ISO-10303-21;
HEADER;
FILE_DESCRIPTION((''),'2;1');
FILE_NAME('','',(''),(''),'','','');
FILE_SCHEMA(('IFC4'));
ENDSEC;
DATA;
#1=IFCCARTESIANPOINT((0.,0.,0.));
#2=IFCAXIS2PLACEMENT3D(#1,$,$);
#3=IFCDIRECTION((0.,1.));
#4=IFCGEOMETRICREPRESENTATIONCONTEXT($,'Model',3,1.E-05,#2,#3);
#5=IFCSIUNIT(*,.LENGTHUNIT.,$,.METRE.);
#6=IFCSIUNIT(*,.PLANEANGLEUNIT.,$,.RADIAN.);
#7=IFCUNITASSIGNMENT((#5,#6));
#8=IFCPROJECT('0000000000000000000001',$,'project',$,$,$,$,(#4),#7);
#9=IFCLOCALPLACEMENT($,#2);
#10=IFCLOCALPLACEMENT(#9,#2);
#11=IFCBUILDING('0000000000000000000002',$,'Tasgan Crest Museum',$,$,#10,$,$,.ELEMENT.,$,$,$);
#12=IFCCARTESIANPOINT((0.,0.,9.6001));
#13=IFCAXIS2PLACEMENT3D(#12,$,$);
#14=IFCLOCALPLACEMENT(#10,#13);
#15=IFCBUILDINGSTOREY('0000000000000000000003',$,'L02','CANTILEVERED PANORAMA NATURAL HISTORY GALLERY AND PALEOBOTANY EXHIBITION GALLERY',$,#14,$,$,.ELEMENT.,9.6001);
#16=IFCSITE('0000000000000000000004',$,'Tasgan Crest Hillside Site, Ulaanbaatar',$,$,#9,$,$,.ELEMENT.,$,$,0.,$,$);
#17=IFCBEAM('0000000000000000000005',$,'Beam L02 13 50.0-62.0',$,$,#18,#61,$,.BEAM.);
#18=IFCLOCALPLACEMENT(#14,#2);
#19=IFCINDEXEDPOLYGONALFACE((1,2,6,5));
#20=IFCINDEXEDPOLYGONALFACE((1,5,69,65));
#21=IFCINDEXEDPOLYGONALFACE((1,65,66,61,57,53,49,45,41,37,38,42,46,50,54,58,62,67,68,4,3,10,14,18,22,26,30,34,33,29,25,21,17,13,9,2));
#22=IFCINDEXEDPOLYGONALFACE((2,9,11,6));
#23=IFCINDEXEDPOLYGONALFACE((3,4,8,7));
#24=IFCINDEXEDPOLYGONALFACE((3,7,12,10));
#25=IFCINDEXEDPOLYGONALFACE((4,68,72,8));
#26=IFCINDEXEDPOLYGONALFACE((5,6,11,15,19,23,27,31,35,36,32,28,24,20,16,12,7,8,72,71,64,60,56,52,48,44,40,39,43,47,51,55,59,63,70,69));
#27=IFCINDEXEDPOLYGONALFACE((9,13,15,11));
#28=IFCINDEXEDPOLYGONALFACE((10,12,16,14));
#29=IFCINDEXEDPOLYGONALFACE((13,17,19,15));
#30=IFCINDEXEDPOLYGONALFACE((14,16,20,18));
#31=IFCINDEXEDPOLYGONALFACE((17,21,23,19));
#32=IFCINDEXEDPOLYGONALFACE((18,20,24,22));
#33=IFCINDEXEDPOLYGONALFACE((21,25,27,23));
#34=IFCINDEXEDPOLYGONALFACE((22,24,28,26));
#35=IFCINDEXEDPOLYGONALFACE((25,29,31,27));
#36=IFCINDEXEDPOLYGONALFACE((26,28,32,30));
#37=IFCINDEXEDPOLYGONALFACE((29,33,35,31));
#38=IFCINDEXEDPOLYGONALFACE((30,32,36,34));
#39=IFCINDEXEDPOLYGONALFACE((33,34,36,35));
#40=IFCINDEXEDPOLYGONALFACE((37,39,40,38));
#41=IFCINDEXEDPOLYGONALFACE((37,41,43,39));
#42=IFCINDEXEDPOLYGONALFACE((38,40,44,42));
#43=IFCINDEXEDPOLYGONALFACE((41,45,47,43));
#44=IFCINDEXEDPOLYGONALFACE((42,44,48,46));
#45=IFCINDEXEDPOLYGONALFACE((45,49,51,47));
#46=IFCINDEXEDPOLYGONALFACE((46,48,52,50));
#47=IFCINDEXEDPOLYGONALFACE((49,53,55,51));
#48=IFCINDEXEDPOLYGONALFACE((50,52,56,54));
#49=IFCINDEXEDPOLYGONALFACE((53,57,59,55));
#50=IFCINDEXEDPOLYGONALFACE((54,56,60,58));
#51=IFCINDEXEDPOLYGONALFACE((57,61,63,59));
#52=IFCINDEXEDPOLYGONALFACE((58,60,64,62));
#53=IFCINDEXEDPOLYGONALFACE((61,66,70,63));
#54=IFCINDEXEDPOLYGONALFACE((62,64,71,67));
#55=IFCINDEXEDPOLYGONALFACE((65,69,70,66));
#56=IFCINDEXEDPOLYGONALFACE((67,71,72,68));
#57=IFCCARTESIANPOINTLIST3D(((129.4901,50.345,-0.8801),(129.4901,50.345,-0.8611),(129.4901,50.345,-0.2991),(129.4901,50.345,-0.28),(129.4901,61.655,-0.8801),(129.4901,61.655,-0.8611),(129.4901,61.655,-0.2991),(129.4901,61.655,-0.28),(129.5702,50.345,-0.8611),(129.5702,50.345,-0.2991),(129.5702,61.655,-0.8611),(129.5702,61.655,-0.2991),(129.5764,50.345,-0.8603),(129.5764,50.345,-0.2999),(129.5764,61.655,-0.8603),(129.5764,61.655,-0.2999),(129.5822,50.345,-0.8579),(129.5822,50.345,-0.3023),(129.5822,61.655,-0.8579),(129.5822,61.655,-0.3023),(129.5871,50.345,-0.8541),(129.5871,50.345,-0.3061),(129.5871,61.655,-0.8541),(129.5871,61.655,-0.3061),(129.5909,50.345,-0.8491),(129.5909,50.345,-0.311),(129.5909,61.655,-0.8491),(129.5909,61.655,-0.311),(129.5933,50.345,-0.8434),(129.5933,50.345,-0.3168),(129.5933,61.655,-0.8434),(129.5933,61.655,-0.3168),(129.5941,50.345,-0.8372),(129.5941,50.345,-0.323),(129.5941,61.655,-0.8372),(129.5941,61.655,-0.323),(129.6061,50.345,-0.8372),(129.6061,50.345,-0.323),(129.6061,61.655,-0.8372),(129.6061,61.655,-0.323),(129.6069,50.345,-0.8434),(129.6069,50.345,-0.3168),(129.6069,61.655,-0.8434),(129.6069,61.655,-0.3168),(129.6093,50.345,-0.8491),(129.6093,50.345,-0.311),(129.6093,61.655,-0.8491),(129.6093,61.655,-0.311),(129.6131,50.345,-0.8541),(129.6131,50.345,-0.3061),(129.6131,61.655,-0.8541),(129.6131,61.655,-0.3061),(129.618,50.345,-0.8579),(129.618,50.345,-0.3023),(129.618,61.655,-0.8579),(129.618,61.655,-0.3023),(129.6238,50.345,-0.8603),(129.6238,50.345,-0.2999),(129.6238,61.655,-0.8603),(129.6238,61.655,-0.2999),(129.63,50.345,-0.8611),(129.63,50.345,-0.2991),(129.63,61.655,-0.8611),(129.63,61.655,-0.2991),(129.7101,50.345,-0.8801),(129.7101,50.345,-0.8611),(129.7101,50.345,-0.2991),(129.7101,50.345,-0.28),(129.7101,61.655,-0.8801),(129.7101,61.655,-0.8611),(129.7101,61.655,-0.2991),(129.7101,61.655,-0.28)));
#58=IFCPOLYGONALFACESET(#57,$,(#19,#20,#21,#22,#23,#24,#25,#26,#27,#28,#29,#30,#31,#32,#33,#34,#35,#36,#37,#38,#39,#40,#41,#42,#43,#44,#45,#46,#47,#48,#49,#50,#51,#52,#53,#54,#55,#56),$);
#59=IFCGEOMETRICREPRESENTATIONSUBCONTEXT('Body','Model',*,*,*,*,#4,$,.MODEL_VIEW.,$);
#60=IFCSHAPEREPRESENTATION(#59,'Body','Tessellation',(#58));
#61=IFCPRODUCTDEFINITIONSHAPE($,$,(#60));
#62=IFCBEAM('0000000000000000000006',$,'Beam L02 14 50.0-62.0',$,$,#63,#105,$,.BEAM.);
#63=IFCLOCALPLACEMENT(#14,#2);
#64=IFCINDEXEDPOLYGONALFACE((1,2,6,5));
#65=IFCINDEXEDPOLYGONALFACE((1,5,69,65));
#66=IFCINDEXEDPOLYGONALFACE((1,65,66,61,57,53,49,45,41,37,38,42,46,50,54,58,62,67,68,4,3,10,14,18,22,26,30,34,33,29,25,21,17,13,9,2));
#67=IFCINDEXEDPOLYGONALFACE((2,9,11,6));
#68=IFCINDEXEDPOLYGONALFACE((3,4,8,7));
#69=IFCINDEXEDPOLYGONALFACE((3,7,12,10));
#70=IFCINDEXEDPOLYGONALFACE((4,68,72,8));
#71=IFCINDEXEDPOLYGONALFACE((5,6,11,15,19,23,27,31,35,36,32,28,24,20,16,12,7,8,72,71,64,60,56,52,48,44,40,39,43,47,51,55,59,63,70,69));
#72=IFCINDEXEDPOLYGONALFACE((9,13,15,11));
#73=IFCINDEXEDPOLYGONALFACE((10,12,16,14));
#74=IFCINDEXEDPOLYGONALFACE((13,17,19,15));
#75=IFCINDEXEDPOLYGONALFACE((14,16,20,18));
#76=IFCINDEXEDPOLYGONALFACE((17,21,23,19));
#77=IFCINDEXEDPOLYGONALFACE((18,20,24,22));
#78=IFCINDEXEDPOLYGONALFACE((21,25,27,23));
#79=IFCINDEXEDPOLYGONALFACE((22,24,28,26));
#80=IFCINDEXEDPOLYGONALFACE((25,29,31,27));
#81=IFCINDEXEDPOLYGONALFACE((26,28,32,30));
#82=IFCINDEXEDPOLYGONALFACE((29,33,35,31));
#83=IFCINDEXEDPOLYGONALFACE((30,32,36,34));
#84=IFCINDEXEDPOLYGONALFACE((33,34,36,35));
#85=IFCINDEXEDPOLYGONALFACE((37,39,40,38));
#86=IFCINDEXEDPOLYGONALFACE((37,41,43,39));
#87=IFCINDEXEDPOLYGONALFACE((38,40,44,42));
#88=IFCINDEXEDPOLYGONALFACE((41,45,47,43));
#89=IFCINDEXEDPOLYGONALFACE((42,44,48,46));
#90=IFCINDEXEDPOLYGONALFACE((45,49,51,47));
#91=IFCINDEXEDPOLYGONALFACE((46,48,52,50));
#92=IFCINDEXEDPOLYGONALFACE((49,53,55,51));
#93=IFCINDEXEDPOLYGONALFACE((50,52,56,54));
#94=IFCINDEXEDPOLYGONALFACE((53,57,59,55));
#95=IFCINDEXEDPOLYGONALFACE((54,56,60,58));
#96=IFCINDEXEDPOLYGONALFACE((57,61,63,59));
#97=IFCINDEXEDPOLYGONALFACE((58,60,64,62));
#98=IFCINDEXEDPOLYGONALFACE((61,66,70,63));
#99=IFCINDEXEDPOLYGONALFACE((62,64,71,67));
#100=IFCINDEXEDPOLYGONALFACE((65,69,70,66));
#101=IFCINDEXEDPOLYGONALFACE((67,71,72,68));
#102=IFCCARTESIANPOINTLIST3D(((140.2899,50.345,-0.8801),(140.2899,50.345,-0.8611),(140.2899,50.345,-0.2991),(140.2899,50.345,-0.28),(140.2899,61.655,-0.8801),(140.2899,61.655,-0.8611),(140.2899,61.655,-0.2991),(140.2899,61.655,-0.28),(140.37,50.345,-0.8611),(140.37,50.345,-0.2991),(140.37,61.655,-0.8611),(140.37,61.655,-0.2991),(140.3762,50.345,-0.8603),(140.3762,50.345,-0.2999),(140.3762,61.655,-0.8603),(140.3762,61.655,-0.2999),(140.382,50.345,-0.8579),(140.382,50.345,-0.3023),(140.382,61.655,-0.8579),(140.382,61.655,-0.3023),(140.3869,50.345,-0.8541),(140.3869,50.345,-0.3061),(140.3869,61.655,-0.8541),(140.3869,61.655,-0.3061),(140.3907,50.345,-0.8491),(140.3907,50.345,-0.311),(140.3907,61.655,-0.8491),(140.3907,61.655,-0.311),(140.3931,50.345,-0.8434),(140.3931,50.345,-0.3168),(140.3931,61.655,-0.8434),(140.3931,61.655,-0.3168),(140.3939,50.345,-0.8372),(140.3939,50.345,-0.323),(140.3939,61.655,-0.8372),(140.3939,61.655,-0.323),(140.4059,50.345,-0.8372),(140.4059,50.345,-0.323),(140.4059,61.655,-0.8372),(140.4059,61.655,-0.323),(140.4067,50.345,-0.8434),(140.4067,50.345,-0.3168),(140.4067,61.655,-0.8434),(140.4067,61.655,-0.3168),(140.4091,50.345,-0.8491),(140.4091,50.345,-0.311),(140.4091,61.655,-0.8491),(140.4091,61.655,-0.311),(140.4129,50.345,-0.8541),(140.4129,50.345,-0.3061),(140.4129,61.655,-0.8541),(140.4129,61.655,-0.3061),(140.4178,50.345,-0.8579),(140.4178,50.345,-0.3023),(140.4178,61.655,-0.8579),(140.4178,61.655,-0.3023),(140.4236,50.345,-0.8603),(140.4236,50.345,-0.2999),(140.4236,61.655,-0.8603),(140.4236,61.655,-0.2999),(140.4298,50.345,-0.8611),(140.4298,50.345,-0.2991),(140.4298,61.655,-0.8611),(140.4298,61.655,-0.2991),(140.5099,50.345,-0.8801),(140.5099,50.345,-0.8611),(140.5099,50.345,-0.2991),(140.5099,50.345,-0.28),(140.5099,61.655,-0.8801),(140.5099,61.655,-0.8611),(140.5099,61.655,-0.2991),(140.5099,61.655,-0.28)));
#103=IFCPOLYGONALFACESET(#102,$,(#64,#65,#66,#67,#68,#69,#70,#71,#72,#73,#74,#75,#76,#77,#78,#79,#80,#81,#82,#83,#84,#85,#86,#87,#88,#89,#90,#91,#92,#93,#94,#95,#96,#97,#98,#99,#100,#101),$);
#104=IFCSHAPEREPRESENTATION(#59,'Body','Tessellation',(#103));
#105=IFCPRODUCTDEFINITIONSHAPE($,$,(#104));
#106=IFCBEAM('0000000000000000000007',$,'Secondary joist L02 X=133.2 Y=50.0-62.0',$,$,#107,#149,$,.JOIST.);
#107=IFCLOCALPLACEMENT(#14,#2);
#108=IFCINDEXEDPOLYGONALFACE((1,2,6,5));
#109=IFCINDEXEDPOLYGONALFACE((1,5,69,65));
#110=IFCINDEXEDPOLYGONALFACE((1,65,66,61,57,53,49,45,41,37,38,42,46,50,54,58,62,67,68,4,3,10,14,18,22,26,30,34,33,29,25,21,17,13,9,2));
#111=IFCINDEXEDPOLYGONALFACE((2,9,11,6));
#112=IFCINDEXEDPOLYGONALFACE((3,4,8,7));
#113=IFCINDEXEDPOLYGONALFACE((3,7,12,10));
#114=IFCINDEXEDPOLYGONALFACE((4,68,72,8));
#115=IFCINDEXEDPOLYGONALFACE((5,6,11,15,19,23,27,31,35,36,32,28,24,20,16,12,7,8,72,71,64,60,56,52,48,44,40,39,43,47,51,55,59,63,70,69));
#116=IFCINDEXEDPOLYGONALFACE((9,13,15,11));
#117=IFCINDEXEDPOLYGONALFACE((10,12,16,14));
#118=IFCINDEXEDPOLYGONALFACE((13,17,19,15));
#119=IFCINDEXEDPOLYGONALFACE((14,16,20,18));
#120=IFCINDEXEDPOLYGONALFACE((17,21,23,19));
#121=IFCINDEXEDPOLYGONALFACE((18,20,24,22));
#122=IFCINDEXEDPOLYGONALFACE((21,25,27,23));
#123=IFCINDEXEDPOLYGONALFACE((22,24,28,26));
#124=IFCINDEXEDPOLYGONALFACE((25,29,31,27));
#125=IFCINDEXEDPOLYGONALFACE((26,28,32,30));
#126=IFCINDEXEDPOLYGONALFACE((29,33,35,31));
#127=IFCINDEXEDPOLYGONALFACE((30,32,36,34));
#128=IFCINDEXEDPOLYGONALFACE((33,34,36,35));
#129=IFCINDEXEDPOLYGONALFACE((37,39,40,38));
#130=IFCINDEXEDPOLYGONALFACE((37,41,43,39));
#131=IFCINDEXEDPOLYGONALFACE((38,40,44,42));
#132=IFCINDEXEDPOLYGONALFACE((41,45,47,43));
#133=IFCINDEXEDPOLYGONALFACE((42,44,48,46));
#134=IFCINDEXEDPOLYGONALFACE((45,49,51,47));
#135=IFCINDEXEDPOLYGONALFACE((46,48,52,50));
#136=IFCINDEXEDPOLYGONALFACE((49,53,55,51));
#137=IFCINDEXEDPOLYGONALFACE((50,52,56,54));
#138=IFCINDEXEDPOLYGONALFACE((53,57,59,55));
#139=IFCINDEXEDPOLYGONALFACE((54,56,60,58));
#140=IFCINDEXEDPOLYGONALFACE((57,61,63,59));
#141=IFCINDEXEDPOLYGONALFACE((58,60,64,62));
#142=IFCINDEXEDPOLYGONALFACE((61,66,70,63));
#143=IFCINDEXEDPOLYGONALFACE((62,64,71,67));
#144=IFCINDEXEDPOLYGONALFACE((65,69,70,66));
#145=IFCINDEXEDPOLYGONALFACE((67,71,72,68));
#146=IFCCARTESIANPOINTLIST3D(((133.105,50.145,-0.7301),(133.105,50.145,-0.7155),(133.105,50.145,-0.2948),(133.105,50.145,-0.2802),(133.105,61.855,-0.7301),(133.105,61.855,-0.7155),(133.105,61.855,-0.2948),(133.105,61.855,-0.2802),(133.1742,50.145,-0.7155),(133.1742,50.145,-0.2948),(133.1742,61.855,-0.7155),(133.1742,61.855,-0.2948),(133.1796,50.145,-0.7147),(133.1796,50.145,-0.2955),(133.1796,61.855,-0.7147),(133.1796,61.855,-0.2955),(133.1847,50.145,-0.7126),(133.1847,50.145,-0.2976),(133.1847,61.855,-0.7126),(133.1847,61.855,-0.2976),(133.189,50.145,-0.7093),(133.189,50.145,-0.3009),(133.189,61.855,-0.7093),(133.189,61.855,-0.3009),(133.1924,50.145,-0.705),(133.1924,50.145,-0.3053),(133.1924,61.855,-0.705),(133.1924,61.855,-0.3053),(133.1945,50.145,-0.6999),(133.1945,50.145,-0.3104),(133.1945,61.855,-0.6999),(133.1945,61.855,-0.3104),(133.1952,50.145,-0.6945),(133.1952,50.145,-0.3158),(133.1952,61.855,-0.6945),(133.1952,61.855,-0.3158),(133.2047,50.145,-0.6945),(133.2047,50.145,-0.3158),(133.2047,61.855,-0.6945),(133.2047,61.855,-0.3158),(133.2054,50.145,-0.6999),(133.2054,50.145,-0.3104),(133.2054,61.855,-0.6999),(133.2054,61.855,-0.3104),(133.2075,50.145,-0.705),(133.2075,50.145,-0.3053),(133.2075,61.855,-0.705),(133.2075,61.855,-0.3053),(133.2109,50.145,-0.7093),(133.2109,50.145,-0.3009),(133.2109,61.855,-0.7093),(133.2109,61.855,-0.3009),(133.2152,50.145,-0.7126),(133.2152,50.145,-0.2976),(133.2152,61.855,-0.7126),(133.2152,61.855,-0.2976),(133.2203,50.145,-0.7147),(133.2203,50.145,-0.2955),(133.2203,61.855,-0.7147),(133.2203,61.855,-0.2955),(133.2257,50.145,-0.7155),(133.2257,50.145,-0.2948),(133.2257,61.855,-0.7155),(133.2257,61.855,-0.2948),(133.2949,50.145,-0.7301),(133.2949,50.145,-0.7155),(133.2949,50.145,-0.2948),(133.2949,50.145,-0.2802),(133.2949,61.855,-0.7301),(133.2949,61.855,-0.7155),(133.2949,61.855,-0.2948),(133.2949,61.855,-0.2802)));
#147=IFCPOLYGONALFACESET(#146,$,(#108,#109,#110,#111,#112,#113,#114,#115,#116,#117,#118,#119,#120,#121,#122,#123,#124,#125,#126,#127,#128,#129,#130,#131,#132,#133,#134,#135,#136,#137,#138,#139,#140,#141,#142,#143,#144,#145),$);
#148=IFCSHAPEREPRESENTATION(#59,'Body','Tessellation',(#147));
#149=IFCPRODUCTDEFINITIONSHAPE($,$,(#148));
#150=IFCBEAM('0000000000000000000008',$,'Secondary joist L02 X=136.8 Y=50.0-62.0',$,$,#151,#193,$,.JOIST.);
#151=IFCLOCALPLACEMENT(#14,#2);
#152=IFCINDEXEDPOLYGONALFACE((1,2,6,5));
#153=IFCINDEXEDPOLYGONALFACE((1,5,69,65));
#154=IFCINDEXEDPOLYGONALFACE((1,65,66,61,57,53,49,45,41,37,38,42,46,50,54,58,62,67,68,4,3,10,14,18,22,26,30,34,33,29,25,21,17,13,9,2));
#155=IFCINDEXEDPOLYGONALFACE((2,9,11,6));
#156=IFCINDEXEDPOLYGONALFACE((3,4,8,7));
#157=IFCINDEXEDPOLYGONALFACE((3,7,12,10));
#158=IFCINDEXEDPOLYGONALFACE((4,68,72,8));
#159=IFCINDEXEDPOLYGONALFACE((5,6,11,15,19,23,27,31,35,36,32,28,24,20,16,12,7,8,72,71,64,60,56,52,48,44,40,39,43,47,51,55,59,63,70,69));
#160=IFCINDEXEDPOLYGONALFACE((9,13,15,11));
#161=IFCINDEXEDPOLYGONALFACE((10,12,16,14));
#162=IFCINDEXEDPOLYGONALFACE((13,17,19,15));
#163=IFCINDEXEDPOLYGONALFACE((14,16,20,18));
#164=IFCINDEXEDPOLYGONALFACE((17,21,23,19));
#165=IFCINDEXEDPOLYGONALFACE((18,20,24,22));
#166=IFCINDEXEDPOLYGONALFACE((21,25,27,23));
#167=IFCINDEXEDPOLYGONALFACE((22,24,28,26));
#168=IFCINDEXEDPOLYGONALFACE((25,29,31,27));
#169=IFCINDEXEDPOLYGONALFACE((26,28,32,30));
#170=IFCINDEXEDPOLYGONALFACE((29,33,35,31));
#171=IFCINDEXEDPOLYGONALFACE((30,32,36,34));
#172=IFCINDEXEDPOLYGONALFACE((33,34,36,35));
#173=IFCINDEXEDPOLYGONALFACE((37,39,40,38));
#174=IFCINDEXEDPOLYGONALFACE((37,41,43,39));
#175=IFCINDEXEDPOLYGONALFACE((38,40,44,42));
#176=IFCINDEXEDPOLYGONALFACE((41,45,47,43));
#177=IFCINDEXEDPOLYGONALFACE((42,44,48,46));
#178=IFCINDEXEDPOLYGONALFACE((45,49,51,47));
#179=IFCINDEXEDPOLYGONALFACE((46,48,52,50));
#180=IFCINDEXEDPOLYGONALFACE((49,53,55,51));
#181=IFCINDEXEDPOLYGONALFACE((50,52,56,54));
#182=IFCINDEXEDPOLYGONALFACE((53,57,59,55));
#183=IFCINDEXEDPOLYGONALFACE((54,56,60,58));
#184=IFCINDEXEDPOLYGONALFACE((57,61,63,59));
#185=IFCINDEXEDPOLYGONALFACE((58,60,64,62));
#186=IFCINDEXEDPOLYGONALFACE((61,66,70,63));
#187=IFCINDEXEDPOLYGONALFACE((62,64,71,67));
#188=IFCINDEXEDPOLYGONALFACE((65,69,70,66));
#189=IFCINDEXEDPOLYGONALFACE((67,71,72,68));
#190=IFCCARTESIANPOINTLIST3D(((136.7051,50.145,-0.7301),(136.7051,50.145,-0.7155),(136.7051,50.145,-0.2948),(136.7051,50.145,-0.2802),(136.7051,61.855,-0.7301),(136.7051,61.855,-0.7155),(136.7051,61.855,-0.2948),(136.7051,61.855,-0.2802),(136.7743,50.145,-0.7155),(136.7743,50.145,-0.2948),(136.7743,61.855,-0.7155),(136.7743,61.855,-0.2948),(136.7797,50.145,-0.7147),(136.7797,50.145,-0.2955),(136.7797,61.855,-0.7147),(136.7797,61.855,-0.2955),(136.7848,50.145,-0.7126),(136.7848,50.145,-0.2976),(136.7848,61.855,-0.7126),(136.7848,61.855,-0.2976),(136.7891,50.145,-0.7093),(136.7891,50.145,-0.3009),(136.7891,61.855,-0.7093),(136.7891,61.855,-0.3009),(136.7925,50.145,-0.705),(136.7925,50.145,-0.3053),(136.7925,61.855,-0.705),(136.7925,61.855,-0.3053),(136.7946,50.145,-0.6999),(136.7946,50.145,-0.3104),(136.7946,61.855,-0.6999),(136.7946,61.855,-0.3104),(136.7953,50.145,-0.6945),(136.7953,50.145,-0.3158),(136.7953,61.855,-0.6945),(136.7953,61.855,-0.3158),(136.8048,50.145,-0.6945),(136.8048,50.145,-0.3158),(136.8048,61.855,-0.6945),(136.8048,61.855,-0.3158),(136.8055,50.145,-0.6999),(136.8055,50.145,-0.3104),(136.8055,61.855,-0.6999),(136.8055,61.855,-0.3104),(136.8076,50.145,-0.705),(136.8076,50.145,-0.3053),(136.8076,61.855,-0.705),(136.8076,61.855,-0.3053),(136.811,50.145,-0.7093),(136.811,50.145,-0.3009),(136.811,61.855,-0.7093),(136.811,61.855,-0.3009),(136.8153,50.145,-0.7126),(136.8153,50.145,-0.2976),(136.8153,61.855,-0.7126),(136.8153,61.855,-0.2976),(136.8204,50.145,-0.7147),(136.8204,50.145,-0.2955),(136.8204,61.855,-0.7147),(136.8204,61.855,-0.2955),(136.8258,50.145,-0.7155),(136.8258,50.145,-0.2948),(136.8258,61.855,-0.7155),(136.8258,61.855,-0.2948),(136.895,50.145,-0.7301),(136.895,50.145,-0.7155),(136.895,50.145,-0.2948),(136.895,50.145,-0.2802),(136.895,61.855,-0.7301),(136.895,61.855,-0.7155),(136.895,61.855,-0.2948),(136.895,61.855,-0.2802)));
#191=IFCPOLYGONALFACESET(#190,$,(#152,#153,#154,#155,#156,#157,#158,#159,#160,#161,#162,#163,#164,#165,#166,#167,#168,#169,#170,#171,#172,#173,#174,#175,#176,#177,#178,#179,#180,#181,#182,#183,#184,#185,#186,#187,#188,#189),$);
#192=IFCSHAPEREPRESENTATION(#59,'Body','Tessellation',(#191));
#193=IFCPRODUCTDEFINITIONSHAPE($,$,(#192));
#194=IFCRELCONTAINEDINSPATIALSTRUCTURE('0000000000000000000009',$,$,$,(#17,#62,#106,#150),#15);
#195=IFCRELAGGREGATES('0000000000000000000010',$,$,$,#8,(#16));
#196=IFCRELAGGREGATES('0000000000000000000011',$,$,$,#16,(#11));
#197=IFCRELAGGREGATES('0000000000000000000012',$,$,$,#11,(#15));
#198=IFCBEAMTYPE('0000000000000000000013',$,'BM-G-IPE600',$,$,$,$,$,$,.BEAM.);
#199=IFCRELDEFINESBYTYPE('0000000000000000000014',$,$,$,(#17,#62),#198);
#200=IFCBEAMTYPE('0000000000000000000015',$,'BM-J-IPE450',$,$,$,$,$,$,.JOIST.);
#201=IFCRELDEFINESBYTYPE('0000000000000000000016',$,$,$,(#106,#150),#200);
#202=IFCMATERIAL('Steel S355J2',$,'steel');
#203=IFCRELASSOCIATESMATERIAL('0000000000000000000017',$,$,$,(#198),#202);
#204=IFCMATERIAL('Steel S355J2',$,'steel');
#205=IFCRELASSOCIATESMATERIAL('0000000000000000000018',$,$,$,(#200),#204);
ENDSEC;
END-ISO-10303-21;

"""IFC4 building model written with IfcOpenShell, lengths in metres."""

from ifc_helpers import new_model, si_unit, direction, frame, origin, origin_2d, place, context, subcontext, project, spatial, i_section, extrude, material, material_profile, profile_set, type_object, element, save


model = new_model("IFC4")

# Units and contexts
model_context = context("Model", 3, precision=1e-05, world=origin(), true_north=direction((0.0, 1.0)))
body_context = subcontext(model_context, "Body", "Model", "MODEL_VIEW")
ifc_project = project(units=[si_unit("LENGTHUNIT", "METRE"), si_unit("PLANEANGLEUNIT", "RADIAN")], contexts=[model_context])

# Site, building, storey
site_placement = place(None, origin())
site = spatial("IfcSite", under=ifc_project, at=site_placement, Name="Tasgan Crest Hillside Site, Ulaanbaatar", CompositionType="ELEMENT", RefElevation=0.0)
building_placement = place(site_placement, origin())
building = spatial("IfcBuilding", under=site, at=building_placement, Name="Tasgan Crest Museum", CompositionType="ELEMENT")
storey_placement = place(building_placement, frame((0.0, 0.0, 9.6001)))
storey = spatial("IfcBuildingStorey", under=building, at=storey_placement, Name="L02", Description="CANTILEVERED PANORAMA NATURAL HISTORY GALLERY AND PALEOBOTANY EXHIBITION GALLERY", CompositionType="ELEMENT", Elevation=9.6001)

# Beams
ifc_material_1 = material(Name="Steel S355J2", Category="steel")
ifc_material_profile_1 = material_profile(ifc_material_1, i_section(OverallWidth=0.22, OverallDepth=0.6001, WebThickness=0.012, FlangeThickness=0.019, FilletRadius=0.0239, at=origin_2d()), Name="IPE 600")
ifc_profile_set_1 = profile_set([ifc_material_profile_1], Name="Steel S355J2")
beam_type_1 = type_object("IfcBeamType", Name="BM-G-IPE600", PredefinedType="BEAM", material=ifc_profile_set_1)
for number, where, z_axis, x_axis, name in (
    (1, (129.6001, 50.345, -0.5801), (0.0, 1.0, 0.0), (-1.0, 0.0, 0.0), "Beam L02 13 50.0-62.0"),
    (2, (140.3999, 50.345, -0.5801), (0.0, 1.0, 0.0), (-1.0, 0.0, 0.0), "Beam L02 14 50.0-62.0"),
):
    element("IfcBeam", number, at=place(storey_placement, frame(where, z_axis=z_axis, x_axis=x_axis)), inside=storey, type_object=beam_type_1, Name=name, PredefinedType="BEAM", context=body_context, shape_type="SweptSolid", body=[
        extrude(i_section(OverallWidth=0.22, OverallDepth=0.6001, WebThickness=0.012, FlangeThickness=0.019, FilletRadius=0.0239, at=origin_2d()), origin(), (0.0, 0.0, 1.0), 11.3101),
    ])
ifc_material_2 = material(Name="Steel S355J2", Category="steel")
ifc_material_profile_2 = material_profile(ifc_material_2, i_section(OverallWidth=0.1899, OverallDepth=0.45, WebThickness=0.0095, FlangeThickness=0.0146, FilletRadius=0.021, at=origin_2d()), Name="IPE 450")
ifc_profile_set_2 = profile_set([ifc_material_profile_2], Name="Steel S355J2")
beam_type_2 = type_object("IfcBeamType", Name="BM-J-IPE450", PredefinedType="JOIST", material=ifc_profile_set_2)
for number, where, z_axis, x_axis, name in (
    (3, (133.2, 50.145, -0.5051), (0.0, 1.0, 0.0), (-1.0, 0.0, 0.0), "Secondary joist L02 X=133.2 Y=50.0-62.0"),
    (4, (136.8, 50.145, -0.5051), (0.0, 1.0, 0.0), (-1.0, 0.0, 0.0), "Secondary joist L02 X=136.8 Y=50.0-62.0"),
):
    element("IfcBeam", number, at=place(storey_placement, frame(where, z_axis=z_axis, x_axis=x_axis)), inside=storey, type_object=beam_type_2, Name=name, PredefinedType="JOIST", context=body_context, shape_type="SweptSolid", body=[
        extrude(i_section(OverallWidth=0.1899, OverallDepth=0.45, WebThickness=0.0095, FlangeThickness=0.0146, FilletRadius=0.021, at=origin_2d()), origin(), (0.0, 0.0, 1.0), 11.71),
    ])

save(model, "model.ifc")
